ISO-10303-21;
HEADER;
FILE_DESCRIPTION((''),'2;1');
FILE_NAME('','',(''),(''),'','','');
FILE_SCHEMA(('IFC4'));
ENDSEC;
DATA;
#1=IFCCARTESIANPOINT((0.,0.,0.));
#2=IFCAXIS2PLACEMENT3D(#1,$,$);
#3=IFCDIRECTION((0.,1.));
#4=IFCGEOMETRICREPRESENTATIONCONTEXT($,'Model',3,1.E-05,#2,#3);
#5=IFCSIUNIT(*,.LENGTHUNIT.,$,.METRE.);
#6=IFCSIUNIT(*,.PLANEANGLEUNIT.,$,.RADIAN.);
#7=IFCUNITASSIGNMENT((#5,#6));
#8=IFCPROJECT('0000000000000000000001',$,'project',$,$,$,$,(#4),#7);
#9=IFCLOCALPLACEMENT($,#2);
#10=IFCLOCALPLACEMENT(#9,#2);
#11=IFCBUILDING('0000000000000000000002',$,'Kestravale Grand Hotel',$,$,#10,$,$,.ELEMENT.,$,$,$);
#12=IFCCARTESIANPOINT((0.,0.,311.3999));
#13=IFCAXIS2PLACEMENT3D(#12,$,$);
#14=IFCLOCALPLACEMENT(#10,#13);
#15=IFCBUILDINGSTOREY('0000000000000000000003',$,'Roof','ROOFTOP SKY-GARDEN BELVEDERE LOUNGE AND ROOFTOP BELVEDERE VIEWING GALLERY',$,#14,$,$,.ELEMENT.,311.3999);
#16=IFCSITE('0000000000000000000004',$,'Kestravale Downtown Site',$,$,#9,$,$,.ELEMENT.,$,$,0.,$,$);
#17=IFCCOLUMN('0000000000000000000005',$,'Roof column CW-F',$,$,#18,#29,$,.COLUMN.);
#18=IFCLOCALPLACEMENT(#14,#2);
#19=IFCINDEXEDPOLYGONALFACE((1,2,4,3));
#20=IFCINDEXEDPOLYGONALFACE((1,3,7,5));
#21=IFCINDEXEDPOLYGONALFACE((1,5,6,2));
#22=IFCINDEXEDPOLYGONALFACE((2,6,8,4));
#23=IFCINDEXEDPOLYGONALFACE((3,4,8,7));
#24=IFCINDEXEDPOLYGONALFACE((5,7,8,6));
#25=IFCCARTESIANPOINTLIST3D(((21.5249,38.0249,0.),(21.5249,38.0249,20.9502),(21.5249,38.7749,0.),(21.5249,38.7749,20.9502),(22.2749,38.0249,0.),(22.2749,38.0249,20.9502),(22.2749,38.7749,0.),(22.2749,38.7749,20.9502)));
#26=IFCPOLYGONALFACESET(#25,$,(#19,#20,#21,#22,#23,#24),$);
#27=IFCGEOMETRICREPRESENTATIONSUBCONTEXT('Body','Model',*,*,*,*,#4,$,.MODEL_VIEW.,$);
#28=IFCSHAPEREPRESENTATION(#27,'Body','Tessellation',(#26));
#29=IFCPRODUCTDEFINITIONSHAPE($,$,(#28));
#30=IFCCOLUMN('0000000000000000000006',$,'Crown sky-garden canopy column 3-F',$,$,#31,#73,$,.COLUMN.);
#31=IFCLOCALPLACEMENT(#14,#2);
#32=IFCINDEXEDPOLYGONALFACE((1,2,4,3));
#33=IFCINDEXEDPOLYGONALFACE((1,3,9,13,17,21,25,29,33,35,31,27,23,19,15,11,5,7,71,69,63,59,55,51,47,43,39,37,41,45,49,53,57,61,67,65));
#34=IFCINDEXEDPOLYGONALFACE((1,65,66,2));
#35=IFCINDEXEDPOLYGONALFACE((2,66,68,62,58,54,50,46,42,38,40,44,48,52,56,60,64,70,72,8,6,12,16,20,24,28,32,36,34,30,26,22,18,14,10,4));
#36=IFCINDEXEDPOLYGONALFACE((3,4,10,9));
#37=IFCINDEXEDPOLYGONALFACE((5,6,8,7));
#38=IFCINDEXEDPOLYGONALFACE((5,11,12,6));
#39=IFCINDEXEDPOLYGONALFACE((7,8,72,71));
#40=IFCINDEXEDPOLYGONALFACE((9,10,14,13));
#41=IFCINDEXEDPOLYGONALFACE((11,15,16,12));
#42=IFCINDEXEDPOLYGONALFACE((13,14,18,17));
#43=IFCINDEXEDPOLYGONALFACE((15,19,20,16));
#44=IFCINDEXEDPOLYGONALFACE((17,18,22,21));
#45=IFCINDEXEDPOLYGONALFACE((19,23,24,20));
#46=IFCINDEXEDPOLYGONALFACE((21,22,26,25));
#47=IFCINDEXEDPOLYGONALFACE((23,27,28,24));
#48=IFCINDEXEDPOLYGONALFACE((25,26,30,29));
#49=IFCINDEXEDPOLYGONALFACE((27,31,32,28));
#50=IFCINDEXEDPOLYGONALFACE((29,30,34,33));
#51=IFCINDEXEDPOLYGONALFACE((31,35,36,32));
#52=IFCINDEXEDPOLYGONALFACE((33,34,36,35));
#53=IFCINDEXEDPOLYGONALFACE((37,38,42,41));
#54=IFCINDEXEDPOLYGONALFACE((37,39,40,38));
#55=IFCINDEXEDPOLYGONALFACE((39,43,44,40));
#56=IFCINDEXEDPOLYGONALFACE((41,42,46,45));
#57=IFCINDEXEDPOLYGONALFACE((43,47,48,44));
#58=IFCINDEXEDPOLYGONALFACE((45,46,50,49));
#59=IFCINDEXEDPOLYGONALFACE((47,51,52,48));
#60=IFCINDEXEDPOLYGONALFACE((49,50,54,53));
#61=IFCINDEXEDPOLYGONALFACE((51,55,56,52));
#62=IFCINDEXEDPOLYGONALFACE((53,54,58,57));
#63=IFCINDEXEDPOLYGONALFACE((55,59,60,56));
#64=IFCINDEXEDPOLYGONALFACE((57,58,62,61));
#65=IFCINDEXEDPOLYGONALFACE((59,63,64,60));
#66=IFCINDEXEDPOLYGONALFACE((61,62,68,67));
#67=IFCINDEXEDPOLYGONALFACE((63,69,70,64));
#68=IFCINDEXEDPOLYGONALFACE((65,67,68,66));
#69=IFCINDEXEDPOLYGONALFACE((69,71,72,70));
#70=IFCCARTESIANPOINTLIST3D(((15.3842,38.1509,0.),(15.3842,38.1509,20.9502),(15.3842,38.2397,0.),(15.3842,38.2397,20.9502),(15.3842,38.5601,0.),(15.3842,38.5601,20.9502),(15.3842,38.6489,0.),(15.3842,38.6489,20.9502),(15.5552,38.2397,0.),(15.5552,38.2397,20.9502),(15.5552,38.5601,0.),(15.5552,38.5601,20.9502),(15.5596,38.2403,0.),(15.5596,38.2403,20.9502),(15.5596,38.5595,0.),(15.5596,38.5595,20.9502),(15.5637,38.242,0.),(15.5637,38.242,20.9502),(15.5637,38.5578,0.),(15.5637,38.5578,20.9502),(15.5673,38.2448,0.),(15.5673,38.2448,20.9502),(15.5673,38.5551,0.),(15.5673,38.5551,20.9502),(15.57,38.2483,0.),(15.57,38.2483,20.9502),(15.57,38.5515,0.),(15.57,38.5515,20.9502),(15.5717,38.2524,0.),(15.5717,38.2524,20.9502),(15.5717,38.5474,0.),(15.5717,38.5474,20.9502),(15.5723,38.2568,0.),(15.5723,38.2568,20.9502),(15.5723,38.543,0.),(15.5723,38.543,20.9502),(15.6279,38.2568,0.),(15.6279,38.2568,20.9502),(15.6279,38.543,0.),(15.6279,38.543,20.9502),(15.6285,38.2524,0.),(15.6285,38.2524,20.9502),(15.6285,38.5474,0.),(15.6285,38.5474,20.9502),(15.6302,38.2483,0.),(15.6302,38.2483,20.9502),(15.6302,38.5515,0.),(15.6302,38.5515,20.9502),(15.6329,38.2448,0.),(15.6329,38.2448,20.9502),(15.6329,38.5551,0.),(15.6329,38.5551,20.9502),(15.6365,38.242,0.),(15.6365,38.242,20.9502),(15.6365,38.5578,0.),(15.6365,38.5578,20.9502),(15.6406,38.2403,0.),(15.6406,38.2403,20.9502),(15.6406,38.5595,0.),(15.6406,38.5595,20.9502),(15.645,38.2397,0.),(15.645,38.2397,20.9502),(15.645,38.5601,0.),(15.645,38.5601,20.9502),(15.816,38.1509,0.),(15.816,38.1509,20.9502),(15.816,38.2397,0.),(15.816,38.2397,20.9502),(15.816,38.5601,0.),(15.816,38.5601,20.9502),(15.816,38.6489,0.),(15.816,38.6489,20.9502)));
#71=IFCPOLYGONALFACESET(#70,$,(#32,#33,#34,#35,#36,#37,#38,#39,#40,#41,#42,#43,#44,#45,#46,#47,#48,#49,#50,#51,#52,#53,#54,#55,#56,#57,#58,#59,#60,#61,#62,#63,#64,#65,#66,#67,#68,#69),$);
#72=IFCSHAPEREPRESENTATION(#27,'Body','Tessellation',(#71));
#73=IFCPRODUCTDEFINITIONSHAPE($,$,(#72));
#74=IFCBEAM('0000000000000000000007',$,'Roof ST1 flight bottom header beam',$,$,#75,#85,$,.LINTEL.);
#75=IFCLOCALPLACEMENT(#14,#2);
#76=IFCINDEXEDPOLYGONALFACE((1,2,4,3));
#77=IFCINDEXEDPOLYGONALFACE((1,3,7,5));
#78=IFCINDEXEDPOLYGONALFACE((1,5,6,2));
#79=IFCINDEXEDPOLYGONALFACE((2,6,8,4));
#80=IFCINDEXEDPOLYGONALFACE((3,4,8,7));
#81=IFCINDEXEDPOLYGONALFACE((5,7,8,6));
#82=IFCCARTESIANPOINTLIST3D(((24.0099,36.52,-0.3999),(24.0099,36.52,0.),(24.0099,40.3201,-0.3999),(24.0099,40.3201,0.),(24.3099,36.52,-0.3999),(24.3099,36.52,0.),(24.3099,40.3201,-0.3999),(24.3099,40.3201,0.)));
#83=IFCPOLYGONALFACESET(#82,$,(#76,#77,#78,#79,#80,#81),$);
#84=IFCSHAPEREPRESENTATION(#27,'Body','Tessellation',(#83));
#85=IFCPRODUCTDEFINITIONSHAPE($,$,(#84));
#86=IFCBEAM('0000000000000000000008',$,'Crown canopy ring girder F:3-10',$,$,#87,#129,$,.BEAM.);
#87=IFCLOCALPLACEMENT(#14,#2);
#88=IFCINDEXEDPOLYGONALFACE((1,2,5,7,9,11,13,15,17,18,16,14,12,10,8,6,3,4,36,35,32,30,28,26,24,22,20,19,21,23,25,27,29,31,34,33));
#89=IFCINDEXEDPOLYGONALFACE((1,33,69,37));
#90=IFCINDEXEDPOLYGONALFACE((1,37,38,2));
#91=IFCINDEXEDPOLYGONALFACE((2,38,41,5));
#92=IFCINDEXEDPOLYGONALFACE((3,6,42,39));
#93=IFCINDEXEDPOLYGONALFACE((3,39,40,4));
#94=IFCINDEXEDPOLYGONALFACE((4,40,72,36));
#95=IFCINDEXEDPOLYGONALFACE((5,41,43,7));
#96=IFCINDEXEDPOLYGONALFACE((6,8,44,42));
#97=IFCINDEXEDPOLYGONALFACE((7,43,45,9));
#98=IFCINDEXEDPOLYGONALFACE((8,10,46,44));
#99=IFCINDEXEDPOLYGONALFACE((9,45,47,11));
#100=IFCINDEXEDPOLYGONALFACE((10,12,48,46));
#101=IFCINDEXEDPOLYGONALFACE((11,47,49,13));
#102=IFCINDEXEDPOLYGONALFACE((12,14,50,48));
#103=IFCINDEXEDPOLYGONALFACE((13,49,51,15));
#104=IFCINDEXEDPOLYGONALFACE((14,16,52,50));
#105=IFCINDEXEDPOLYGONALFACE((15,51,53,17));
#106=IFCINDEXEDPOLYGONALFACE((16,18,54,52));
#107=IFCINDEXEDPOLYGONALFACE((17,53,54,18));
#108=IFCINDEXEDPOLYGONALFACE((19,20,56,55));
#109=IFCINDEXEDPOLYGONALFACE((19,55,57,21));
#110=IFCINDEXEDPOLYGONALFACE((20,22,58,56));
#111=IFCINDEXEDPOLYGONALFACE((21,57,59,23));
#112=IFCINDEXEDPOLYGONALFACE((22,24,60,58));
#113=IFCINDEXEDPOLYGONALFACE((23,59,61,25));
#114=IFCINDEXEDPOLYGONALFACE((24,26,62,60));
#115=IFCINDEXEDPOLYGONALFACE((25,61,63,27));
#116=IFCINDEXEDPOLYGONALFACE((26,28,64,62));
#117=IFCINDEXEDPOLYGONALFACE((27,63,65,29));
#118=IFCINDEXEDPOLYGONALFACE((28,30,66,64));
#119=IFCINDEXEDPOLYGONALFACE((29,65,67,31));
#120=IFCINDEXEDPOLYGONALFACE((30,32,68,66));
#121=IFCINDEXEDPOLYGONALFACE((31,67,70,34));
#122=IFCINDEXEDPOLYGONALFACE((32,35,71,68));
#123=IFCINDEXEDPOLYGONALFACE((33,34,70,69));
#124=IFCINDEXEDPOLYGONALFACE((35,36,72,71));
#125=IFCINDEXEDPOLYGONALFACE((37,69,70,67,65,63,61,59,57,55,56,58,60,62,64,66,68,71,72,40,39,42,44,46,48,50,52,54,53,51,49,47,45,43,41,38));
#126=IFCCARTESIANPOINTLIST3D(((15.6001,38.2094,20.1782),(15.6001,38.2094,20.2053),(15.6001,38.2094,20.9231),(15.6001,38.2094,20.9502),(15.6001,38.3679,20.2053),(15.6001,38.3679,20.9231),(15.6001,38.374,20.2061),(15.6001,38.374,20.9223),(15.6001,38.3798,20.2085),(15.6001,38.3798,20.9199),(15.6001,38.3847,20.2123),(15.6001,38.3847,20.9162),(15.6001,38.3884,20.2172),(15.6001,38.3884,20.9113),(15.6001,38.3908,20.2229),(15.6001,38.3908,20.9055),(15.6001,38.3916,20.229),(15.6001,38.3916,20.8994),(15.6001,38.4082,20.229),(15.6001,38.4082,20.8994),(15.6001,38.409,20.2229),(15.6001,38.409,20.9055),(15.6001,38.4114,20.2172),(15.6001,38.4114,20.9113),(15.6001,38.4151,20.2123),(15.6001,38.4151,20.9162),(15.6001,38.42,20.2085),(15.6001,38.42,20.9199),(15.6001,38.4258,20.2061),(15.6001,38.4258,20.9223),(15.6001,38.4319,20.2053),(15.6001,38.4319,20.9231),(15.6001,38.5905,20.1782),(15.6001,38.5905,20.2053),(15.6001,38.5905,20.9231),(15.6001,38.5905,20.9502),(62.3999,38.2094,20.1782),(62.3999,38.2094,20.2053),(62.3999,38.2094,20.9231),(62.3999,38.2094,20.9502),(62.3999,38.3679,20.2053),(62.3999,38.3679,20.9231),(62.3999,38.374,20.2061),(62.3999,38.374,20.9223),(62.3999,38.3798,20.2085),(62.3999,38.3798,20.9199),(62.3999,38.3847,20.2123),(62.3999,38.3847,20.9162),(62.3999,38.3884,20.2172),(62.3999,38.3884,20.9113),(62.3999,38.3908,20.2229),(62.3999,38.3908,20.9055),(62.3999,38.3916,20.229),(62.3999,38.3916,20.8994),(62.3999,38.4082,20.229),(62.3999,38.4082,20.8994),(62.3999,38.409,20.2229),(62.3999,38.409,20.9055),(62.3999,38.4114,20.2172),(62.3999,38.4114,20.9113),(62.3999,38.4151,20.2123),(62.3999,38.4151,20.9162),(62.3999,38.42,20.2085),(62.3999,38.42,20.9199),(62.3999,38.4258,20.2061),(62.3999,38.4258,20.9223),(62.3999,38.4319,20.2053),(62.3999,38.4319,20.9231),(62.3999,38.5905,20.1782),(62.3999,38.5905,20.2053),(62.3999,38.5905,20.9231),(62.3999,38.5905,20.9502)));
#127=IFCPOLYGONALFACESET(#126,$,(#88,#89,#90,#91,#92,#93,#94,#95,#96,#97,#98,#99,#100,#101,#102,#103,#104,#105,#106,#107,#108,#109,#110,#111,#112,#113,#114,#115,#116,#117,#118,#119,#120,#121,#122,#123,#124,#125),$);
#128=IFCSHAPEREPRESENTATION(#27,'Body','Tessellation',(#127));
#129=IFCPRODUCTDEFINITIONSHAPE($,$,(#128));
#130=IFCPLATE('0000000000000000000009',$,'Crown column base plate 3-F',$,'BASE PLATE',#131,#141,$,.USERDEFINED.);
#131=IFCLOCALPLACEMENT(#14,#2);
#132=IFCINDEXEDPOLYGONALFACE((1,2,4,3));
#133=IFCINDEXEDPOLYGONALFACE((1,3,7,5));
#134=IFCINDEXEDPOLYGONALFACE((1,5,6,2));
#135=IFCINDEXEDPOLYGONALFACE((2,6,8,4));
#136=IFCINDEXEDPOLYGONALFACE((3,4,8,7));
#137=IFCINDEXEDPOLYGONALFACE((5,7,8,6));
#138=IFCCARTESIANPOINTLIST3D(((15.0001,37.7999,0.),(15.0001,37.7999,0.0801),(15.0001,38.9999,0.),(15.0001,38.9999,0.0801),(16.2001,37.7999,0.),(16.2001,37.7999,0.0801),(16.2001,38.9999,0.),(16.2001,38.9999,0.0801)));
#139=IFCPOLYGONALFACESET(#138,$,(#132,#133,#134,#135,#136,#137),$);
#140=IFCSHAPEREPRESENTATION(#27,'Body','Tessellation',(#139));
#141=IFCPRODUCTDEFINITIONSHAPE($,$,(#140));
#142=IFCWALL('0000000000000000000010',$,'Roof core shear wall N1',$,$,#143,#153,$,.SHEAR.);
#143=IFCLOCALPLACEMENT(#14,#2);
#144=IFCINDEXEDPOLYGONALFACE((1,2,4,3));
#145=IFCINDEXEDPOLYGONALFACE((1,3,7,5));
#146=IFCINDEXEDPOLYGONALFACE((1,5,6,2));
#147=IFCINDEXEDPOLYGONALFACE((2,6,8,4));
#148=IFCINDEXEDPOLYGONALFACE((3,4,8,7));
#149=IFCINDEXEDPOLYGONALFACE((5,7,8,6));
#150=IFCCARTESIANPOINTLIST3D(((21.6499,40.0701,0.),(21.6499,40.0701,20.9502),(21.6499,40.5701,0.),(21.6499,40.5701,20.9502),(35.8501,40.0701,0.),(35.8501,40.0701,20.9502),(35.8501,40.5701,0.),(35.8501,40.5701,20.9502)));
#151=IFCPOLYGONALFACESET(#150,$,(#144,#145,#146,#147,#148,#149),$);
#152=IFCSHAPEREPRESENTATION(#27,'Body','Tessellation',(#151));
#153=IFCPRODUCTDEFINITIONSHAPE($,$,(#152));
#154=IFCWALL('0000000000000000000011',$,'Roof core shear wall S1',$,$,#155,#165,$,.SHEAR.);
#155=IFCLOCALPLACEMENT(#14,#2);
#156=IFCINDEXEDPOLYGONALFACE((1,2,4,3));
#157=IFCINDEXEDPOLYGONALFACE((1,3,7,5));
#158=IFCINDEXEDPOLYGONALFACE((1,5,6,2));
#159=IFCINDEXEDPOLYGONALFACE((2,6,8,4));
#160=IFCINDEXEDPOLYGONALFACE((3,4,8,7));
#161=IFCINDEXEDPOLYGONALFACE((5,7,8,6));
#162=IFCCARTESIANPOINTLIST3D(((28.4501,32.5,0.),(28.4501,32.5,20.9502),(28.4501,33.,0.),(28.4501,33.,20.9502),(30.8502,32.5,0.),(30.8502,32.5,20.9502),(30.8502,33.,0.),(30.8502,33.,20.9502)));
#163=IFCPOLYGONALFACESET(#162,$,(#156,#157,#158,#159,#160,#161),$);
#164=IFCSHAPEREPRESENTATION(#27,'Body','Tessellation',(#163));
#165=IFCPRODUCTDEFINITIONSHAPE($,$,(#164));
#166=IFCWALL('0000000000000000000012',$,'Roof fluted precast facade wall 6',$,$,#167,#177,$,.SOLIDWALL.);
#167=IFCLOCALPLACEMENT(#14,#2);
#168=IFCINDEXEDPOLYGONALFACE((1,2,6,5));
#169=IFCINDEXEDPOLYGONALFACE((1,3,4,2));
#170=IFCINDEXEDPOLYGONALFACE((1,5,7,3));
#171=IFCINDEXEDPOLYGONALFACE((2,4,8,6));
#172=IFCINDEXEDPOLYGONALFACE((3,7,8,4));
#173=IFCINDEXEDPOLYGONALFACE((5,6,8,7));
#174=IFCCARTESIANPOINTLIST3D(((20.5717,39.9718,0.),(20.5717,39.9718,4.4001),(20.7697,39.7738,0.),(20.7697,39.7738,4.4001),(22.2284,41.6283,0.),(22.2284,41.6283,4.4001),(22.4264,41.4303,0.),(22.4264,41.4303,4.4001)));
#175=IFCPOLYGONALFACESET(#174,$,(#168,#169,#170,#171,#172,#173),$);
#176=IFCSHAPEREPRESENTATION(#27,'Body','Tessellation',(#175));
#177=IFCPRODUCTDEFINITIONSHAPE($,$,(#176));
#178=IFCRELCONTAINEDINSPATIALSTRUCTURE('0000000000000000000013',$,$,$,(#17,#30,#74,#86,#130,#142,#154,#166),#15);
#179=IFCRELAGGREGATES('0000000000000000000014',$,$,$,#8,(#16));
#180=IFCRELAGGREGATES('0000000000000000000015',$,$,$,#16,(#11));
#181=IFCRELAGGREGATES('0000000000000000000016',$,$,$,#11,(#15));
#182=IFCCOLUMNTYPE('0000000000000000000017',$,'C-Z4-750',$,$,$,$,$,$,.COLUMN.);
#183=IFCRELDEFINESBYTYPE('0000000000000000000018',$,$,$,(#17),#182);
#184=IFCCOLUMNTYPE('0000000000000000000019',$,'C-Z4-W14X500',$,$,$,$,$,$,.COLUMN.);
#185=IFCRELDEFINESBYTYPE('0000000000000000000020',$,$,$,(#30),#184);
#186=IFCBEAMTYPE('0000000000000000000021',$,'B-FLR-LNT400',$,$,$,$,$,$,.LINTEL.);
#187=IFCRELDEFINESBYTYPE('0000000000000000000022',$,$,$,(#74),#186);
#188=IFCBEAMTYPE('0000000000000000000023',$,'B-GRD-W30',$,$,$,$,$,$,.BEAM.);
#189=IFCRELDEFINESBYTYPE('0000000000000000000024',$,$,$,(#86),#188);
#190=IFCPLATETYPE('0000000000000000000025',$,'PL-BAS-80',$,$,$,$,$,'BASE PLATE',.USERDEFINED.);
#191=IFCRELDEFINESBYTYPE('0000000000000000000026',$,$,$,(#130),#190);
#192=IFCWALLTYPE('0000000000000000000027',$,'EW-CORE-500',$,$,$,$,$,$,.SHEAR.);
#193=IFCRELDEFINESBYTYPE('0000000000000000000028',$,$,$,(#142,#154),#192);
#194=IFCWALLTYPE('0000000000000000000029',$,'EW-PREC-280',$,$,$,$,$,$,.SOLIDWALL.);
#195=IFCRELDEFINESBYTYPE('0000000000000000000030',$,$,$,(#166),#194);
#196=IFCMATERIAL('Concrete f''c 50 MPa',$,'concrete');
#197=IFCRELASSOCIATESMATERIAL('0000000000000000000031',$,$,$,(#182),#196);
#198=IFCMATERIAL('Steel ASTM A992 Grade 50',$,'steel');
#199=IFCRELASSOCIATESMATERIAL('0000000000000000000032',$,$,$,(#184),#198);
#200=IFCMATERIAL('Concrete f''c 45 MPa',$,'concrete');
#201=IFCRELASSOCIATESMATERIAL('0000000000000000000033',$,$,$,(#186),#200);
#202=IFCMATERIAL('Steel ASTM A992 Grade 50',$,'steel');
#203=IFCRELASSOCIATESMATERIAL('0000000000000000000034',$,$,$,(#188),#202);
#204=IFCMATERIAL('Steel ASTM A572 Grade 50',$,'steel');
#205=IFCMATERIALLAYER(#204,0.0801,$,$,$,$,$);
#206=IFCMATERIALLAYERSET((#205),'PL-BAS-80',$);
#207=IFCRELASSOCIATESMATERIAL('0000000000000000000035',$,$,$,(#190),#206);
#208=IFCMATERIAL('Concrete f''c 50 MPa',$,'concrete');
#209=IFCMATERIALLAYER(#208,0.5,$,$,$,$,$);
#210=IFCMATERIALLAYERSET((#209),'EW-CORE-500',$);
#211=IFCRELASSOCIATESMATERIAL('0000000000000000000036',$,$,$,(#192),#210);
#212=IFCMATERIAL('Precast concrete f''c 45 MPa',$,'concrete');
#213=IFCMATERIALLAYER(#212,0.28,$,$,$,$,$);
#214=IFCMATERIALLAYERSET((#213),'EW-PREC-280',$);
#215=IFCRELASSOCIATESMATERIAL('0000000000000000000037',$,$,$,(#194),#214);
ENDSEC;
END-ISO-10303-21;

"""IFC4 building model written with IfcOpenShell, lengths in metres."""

from ifc_helpers import new_model, si_unit, direction, frame, frame_2d, origin, origin_2d, place, context, subcontext, project, spatial, rectangle, i_section, extrude, material, layer, layer_set, material_profile, profile_set, type_object, element, save


model = new_model("IFC4")

# Units and contexts
model_context = context("Model", 3, precision=1e-05, world=origin(), true_north=direction((0.0, 1.0)))
body_context = subcontext(model_context, "Body", "Model", "MODEL_VIEW")
ifc_project = project(units=[si_unit("LENGTHUNIT", "METRE"), si_unit("PLANEANGLEUNIT", "RADIAN")], contexts=[model_context])

# Site, building, storey
site_placement = place(None, origin())
site = spatial("IfcSite", under=ifc_project, at=site_placement, Name="Kestravale Downtown Site", CompositionType="ELEMENT", RefElevation=0.0)
building_placement = place(site_placement, origin())
building = spatial("IfcBuilding", under=site, at=building_placement, Name="Kestravale Grand Hotel", CompositionType="ELEMENT")
storey_placement = place(building_placement, frame((0.0, 0.0, 311.3999)))
storey = spatial("IfcBuildingStorey", under=building, at=storey_placement, Name="Roof", Description="ROOFTOP SKY-GARDEN BELVEDERE LOUNGE AND ROOFTOP BELVEDERE VIEWING GALLERY", CompositionType="ELEMENT", Elevation=311.3999)

# Columns
ifc_material_1 = material(Name="Concrete f'c 50 MPa", Category="concrete")
ifc_material_profile_1 = material_profile(ifc_material_1, rectangle(XDim=0.75, YDim=0.75, at=origin_2d()))
ifc_profile_set_1 = profile_set([ifc_material_profile_1], Name="Concrete f'c 50 MPa")
column_type_1 = type_object("IfcColumnType", Name="C-Z4-750", PredefinedType="COLUMN", material=ifc_profile_set_1)
column_1_placement = place(storey_placement, frame((21.8999, 38.3999, 0.0), z_axis=(0.0, 0.0, 1.0), x_axis=(1.0, 0.0, 0.0)))
element("IfcColumn", 1, at=column_1_placement, inside=storey, type_object=column_type_1, Name="Roof column CW-F", PredefinedType="COLUMN", context=body_context, shape_type="SweptSolid", body=[
    extrude(rectangle(XDim=0.75, YDim=0.75, at=origin_2d()), origin(), (0.0, 0.0, 1.0), 20.9502),
])
ifc_material_2 = material(Name="Steel ASTM A992 Grade 50", Category="steel")
ifc_material_profile_2 = material_profile(ifc_material_2, i_section(OverallWidth=0.4319, OverallDepth=0.498, WebThickness=0.0557, FlangeThickness=0.0889, FilletRadius=0.0171, at=origin_2d()))
ifc_profile_set_2 = profile_set([ifc_material_profile_2], Name="Steel ASTM A992 Grade 50")
column_type_2 = type_object("IfcColumnType", Name="C-Z4-W14X500", PredefinedType="COLUMN", material=ifc_profile_set_2)
column_2_placement = place(storey_placement, frame((15.6001, 38.3999, 0.0), z_axis=(0.0, 0.0, 1.0), x_axis=(1.0, 0.0, 0.0)))
element("IfcColumn", 2, at=column_2_placement, inside=storey, type_object=column_type_2, Name="Crown sky-garden canopy column 3-F", PredefinedType="COLUMN", context=body_context, shape_type="SweptSolid", body=[
    extrude(i_section(OverallWidth=0.4319, OverallDepth=0.498, WebThickness=0.0557, FlangeThickness=0.0889, FilletRadius=0.0171, at=origin_2d()), origin(), (0.0, 0.0, 1.0), 20.9502),
])

# Beams
ifc_material_3 = material(Name="Concrete f'c 45 MPa", Category="concrete")
ifc_material_profile_3 = material_profile(ifc_material_3, rectangle(XDim=0.3, YDim=0.3999, at=origin_2d()))
ifc_profile_set_3 = profile_set([ifc_material_profile_3], Name="Concrete f'c 45 MPa")
beam_type_1 = type_object("IfcBeamType", Name="B-FLR-LNT400", PredefinedType="LINTEL", material=ifc_profile_set_3)
beam_1_placement = place(storey_placement, frame((24.1599, 36.52, -0.2), z_axis=(0.0, 1.0, 0.0), x_axis=(-1.0, 0.0, 0.0)))
element("IfcBeam", 3, at=beam_1_placement, inside=storey, type_object=beam_type_1, Name="Roof ST1 flight bottom header beam", PredefinedType="LINTEL", context=body_context, shape_type="SweptSolid", body=[
    extrude(rectangle(XDim=0.3, YDim=0.3999, at=origin_2d()), origin(), (0.0, 0.0, 1.0), 3.8),
])
ifc_material_4 = material(Name="Steel ASTM A992 Grade 50", Category="steel")
ifc_material_profile_4 = material_profile(ifc_material_4, i_section(OverallWidth=0.3811, OverallDepth=0.772, WebThickness=0.0166, FlangeThickness=0.0271, FilletRadius=0.0237, at=origin_2d()))
ifc_profile_set_4 = profile_set([ifc_material_profile_4], Name="Steel ASTM A992 Grade 50")
beam_type_2 = type_object("IfcBeamType", Name="B-GRD-W30", PredefinedType="BEAM", material=ifc_profile_set_4)
beam_2_placement = place(storey_placement, frame((15.6001, 38.3999, 20.5642), z_axis=(1.0, 0.0, 0.0), x_axis=(0.0, 1.0, 0.0)))
element("IfcBeam", 4, at=beam_2_placement, inside=storey, type_object=beam_type_2, Name="Crown canopy ring girder F:3-10", PredefinedType="BEAM", context=body_context, shape_type="SweptSolid", body=[
    extrude(i_section(OverallWidth=0.3811, OverallDepth=0.772, WebThickness=0.0166, FlangeThickness=0.0271, FilletRadius=0.0237, at=origin_2d()), origin(), (0.0, 0.0, 1.0), 46.7998),
])

# Plate
ifc_material_5 = material(Name="Steel ASTM A572 Grade 50", Category="steel")
ifc_layer_1 = layer(ifc_material_5, 0.0801)
ifc_layer_set_1 = layer_set([ifc_layer_1], Name="PL-BAS-80")
plate_type = type_object("IfcPlateType", Name="PL-BAS-80", ElementType="BASE PLATE", PredefinedType="USERDEFINED", material=ifc_layer_set_1)
plate_placement = place(storey_placement, frame((15.6001, 38.3999, 0.0), z_axis=(0.0, 0.0, 1.0), x_axis=(1.0, 0.0, 0.0)))
element("IfcPlate", 5, at=plate_placement, inside=storey, type_object=plate_type, Name="Crown column base plate 3-F", ObjectType="BASE PLATE", PredefinedType="USERDEFINED", context=body_context, shape_type="SweptSolid", body=[
    extrude(rectangle(XDim=1.2, YDim=1.2, at=origin_2d()), origin(), (0.0, 0.0, 1.0), 0.0801),
])

# Walls
ifc_material_6 = material(Name="Concrete f'c 50 MPa", Category="concrete")
ifc_layer_2 = layer(ifc_material_6, 0.5)
ifc_layer_set_2 = layer_set([ifc_layer_2], Name="EW-CORE-500")
wall_type_1 = type_object("IfcWallType", Name="EW-CORE-500", PredefinedType="SHEAR", material=ifc_layer_set_2)
wall_1_placement = place(storey_placement, frame((21.6499, 40.3201, 0.0), z_axis=(0.0, 0.0, 1.0), x_axis=(1.0, 0.0, 0.0)))
element("IfcWall", 6, at=wall_1_placement, inside=storey, type_object=wall_type_1, Name="Roof core shear wall N1", PredefinedType="SHEAR", context=body_context, shape_type="SweptSolid", body=[
    extrude(rectangle(XDim=14.2002, YDim=0.5, at=frame_2d((7.1001, 0.0))), origin(), (0.0, 0.0, 1.0), 20.9502),
])
wall_2_placement = place(storey_placement, frame((28.45, 32.75, 0.0), z_axis=(0.0, 0.0, 1.0), x_axis=(1.0, 0.0, 0.0)))
element("IfcWall", 7, at=wall_2_placement, inside=storey, type_object=wall_type_1, Name="Roof core shear wall S1", PredefinedType="SHEAR", context=body_context, shape_type="SweptSolid", body=[
    extrude(rectangle(XDim=2.4001, YDim=0.5, at=frame_2d((1.2002, 0.0))), origin(), (0.0, 0.0, 1.0), 20.9502),
])
ifc_material_7 = material(Name="Precast concrete f'c 45 MPa", Category="concrete")
ifc_layer_3 = layer(ifc_material_7, 0.28)
ifc_layer_set_3 = layer_set([ifc_layer_3], Name="EW-PREC-280")
wall_type_2 = type_object("IfcWallType", Name="EW-PREC-280", PredefinedType="SOLIDWALL", material=ifc_layer_set_3)
wall_3_placement = place(storey_placement, frame((22.3274, 41.5293, 0.0), z_axis=(0.0, 0.0, 1.0), x_axis=(-0.707159, -0.707055, 0.0)))
element("IfcWall", 8, at=wall_3_placement, inside=storey, type_object=wall_type_2, Name="Roof fluted precast facade wall 6", PredefinedType="SOLIDWALL", context=body_context, shape_type="SweptSolid", body=[
    extrude(rectangle(XDim=2.3428, YDim=0.28, at=frame_2d((1.1714, 0.0))), origin(), (0.0, 0.0, 1.0), 4.4001),
])

save(model, "model.ifc")
